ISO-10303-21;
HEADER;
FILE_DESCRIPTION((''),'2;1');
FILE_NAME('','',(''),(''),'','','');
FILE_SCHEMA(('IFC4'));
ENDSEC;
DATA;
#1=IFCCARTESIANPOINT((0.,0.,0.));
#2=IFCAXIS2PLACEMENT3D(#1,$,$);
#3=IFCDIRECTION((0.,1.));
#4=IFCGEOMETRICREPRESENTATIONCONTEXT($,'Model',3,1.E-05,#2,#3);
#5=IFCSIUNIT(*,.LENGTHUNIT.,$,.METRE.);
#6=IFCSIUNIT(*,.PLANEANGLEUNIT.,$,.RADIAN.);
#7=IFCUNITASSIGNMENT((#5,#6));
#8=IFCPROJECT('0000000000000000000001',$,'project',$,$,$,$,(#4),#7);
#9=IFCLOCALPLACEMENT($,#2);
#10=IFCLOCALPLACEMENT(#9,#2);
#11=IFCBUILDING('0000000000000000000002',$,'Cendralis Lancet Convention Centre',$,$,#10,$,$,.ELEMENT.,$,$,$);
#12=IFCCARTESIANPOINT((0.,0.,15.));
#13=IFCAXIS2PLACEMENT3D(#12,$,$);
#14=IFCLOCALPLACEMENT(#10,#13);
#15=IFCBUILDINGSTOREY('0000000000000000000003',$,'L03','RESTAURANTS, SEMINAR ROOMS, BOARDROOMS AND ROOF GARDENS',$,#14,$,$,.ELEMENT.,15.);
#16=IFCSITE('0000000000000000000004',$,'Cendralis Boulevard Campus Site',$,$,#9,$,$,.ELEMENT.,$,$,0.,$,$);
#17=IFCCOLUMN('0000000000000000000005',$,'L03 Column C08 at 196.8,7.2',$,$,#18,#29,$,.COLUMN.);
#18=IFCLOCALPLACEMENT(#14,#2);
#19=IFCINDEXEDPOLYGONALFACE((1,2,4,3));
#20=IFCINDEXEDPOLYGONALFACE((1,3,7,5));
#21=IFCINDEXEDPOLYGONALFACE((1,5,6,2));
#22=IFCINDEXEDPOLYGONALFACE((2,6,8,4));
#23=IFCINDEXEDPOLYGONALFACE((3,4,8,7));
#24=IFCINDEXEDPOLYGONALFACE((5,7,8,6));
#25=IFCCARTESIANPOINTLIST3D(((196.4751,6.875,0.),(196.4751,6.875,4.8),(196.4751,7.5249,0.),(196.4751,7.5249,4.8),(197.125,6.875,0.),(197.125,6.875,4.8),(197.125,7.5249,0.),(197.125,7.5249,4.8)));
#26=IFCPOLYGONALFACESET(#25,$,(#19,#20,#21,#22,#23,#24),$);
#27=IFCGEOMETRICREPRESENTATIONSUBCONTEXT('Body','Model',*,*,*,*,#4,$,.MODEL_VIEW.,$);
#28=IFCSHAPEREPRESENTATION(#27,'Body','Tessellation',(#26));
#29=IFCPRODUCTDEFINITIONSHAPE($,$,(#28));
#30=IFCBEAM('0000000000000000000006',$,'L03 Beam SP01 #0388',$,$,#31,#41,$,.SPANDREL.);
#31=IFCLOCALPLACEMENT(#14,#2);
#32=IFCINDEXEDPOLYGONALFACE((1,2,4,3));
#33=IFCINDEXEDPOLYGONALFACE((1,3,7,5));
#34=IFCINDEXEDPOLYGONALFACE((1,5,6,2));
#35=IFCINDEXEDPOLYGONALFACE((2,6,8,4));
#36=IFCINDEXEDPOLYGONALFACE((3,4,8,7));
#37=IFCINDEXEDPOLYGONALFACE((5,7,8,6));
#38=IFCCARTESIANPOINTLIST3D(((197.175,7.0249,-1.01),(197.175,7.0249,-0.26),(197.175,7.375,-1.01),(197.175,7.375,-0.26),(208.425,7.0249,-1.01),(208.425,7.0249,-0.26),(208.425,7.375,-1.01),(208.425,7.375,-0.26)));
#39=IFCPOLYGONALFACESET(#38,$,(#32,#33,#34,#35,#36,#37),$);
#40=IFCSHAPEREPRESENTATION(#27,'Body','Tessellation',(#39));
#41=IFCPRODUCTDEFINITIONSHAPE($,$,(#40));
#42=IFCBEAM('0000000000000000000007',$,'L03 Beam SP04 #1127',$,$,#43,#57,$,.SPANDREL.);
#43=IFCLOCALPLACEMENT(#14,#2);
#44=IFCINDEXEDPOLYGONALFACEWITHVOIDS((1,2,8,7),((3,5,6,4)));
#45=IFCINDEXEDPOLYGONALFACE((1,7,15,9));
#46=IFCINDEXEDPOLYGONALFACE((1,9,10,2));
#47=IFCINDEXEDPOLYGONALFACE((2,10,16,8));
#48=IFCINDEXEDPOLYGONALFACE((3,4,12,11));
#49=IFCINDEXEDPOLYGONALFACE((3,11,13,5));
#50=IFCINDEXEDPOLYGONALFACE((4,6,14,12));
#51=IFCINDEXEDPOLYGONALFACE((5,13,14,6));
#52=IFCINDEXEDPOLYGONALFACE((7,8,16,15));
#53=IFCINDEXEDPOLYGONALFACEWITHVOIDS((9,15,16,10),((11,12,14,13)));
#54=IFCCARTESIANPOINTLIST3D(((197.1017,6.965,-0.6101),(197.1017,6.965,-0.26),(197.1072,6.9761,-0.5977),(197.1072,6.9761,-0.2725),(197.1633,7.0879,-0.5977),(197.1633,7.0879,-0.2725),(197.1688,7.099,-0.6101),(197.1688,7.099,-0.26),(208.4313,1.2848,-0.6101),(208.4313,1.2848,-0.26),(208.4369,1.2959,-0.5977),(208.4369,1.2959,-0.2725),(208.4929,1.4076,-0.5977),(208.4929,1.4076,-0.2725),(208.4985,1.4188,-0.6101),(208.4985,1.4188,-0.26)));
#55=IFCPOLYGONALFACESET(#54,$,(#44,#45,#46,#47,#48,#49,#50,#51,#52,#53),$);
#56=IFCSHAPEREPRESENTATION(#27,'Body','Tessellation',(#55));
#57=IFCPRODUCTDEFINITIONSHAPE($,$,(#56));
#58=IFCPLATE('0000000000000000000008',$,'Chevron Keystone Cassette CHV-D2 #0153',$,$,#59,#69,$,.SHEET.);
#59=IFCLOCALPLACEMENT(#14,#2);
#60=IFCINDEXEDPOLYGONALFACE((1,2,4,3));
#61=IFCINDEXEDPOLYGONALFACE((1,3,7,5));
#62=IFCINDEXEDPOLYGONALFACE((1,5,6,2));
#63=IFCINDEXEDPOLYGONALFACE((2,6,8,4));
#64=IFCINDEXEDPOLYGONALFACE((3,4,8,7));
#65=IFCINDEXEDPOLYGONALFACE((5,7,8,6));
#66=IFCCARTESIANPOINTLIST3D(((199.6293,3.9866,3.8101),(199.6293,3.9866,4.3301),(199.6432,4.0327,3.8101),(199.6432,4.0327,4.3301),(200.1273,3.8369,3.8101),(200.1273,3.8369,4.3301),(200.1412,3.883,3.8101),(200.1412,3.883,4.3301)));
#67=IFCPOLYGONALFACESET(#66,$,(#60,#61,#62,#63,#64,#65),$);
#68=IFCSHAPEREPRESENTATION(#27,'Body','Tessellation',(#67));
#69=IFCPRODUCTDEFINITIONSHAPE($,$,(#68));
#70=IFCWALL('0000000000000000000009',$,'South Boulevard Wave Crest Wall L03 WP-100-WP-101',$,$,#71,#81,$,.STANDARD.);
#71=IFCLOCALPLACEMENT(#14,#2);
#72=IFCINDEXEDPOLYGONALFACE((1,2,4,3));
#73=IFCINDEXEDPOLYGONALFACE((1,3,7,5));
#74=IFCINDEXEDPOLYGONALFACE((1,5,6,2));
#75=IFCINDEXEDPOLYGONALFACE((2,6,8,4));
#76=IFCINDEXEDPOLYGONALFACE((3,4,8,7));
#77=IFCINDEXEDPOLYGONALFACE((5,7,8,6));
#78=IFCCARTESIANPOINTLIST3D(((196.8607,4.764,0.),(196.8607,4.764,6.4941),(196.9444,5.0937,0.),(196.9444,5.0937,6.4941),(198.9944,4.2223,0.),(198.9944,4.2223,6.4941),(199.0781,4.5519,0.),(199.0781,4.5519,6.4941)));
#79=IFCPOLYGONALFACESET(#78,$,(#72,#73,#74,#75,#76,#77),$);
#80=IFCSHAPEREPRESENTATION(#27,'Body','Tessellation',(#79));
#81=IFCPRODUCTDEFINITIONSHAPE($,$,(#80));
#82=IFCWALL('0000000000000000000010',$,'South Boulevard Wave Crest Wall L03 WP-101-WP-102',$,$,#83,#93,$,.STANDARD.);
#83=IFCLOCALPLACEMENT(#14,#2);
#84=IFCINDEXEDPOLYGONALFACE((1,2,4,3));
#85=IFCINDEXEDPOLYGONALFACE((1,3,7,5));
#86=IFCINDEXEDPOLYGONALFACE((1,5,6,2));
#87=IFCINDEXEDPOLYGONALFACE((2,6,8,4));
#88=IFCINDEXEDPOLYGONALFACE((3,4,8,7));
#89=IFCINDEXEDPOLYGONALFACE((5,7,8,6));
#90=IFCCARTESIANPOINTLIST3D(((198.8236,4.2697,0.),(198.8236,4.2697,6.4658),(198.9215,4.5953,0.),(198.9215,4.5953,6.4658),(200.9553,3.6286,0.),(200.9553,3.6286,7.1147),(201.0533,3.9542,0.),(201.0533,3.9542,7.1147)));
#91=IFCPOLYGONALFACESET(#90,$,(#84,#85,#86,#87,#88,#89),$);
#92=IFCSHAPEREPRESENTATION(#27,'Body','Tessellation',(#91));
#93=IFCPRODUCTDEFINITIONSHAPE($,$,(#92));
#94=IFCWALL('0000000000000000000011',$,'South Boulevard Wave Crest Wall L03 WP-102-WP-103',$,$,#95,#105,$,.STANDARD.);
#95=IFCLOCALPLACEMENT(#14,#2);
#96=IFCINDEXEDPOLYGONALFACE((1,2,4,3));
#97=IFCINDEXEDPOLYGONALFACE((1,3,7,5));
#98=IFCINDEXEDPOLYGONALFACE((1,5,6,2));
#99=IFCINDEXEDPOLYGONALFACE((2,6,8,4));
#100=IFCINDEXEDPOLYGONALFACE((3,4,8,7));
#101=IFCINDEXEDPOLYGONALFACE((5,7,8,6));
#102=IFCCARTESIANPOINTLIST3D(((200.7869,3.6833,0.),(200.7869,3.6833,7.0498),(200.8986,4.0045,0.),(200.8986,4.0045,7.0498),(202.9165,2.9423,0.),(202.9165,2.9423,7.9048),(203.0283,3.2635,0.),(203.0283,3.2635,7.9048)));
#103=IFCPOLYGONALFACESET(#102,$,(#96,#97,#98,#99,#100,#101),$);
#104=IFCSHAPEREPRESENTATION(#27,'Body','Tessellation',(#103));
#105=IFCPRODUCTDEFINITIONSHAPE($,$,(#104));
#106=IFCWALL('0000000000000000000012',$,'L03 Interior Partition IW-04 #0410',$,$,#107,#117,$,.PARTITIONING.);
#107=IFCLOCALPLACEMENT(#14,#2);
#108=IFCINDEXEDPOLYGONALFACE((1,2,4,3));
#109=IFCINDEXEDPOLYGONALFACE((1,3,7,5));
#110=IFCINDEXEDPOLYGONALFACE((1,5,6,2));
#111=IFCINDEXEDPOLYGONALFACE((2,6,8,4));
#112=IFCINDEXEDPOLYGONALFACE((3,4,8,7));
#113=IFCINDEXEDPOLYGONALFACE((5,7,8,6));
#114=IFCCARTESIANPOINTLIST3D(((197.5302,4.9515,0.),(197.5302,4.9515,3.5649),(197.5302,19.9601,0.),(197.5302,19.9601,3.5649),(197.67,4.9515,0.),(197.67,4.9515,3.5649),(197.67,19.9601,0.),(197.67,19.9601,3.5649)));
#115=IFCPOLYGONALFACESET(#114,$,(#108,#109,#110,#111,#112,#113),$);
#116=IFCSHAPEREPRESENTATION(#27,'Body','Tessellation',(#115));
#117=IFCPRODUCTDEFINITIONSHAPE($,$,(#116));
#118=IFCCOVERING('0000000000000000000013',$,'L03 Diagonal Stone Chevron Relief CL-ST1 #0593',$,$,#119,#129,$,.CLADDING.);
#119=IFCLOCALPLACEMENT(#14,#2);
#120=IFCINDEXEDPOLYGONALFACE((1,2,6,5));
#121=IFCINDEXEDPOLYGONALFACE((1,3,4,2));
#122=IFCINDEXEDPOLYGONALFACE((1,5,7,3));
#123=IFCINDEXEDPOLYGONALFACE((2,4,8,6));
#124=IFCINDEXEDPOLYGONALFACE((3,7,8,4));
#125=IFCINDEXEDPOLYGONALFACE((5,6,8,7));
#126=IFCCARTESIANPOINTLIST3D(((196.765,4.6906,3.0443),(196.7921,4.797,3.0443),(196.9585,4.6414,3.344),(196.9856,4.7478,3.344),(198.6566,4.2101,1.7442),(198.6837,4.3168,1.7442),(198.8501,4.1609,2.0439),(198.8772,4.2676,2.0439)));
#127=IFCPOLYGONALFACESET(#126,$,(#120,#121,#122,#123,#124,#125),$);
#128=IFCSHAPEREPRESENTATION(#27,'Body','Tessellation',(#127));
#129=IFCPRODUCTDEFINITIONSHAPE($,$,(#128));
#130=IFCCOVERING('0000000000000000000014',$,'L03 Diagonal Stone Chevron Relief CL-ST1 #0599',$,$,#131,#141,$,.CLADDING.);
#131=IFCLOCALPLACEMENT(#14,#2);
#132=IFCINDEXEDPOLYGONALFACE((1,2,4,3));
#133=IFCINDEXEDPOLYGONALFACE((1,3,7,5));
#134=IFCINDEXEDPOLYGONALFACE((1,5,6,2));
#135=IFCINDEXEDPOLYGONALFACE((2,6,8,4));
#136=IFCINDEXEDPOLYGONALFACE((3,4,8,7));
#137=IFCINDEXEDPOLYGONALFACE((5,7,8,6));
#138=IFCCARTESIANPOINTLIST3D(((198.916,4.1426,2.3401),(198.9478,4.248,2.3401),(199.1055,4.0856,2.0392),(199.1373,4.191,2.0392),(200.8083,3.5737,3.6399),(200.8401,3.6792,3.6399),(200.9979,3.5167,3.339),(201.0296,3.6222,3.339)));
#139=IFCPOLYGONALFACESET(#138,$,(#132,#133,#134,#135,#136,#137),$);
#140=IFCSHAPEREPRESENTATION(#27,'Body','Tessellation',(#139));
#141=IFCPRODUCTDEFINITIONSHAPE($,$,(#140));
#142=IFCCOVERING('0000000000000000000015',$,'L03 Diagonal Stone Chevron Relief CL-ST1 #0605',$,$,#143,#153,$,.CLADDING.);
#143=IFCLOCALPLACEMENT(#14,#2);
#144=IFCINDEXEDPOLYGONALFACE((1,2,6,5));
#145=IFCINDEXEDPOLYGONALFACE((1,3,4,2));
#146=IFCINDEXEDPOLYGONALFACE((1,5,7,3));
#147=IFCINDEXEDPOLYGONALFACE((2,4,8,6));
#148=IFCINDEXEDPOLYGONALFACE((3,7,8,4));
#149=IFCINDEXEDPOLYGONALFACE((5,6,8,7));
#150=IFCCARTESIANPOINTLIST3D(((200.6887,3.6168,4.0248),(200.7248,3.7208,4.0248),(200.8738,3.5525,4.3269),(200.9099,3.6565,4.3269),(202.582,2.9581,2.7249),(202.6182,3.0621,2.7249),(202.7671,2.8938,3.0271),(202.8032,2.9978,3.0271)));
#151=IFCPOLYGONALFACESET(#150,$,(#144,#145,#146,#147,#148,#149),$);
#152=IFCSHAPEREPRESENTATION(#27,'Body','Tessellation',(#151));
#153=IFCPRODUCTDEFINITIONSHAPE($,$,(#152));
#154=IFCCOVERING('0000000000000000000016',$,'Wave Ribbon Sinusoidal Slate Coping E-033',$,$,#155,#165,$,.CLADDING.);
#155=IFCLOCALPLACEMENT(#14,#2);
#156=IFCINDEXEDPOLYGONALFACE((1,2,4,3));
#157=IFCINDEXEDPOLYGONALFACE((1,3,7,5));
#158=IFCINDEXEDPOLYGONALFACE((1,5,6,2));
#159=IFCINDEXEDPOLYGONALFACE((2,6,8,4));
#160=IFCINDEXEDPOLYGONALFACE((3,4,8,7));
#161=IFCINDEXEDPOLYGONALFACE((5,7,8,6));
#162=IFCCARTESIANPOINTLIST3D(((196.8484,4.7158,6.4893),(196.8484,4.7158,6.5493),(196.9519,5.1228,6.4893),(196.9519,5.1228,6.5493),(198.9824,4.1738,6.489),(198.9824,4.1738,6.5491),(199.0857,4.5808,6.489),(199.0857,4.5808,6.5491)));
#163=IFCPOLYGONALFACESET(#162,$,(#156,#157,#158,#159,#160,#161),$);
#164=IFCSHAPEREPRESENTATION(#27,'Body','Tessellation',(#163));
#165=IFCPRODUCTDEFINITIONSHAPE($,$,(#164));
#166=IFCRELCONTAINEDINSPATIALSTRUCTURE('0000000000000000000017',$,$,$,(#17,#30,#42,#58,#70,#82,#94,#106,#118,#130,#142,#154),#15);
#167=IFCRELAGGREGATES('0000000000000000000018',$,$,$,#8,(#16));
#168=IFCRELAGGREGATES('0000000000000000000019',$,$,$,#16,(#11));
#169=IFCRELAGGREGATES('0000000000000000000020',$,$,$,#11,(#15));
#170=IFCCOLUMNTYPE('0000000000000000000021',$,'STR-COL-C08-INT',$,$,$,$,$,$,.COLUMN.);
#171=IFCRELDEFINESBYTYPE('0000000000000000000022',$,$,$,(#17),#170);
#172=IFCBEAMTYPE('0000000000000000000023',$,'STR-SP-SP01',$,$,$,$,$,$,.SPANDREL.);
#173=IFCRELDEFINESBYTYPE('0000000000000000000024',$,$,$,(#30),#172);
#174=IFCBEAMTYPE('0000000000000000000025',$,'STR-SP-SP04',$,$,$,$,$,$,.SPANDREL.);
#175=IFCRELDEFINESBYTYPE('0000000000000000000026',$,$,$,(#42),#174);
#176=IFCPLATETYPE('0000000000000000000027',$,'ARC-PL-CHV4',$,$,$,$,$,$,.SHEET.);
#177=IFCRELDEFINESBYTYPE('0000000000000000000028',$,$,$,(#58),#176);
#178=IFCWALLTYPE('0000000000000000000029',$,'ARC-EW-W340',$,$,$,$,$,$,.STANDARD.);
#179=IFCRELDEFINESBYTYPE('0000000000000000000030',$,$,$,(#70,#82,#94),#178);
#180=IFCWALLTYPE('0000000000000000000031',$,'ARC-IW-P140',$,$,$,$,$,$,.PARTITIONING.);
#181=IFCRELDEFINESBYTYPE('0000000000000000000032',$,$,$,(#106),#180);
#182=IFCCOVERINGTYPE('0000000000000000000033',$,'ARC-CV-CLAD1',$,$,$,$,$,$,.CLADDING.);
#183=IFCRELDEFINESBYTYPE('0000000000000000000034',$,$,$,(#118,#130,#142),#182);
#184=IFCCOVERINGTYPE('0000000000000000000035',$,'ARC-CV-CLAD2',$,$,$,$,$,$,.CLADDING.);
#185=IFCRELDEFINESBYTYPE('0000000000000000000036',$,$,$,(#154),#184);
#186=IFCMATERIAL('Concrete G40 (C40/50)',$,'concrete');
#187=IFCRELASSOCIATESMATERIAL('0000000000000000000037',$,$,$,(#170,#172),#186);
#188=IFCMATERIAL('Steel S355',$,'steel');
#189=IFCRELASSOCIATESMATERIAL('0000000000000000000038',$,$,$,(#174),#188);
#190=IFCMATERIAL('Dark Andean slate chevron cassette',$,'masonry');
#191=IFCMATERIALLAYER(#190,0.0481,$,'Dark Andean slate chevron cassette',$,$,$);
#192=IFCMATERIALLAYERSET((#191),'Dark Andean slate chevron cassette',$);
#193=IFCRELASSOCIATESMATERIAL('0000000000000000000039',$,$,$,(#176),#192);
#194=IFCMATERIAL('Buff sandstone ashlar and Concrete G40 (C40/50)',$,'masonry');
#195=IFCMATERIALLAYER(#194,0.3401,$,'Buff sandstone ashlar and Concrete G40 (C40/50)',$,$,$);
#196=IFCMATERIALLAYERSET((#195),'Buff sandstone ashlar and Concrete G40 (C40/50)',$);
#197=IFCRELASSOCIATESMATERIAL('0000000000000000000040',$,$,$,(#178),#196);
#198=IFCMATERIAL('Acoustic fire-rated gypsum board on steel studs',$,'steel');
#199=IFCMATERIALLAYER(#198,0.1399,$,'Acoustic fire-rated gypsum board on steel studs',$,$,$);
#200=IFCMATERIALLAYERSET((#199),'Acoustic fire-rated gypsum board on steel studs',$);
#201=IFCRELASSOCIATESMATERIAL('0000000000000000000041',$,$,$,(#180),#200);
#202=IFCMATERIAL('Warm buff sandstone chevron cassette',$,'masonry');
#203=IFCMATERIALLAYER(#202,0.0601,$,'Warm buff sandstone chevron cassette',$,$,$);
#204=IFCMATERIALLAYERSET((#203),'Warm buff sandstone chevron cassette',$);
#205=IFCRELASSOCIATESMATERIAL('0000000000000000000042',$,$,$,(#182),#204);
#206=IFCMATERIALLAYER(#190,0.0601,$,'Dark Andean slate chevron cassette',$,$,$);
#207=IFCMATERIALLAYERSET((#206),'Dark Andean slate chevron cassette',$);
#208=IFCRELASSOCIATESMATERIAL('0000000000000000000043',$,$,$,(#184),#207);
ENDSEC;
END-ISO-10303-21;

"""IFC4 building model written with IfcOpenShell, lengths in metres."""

from ifc_helpers import new_model, si_unit, direction, frame, frame_2d, origin, origin_2d, place, context, subcontext, project, spatial, polyline, rectangle, hollow_rectangle, outline, extrude, material, layer, layer_set, material_profile, profile_set, type_object, element, save


model = new_model("IFC4")

# Units and contexts
model_context = context("Model", 3, precision=1e-05, world=origin(), true_north=direction((0.0, 1.0)))
body_context = subcontext(model_context, "Body", "Model", "MODEL_VIEW")
ifc_project = project(units=[si_unit("LENGTHUNIT", "METRE"), si_unit("PLANEANGLEUNIT", "RADIAN")], contexts=[model_context])

# Site, building, storey
site_placement = place(None, origin())
site = spatial("IfcSite", under=ifc_project, at=site_placement, Name="Cendralis Boulevard Campus Site", CompositionType="ELEMENT", RefElevation=0.0)
building_placement = place(site_placement, origin())
building = spatial("IfcBuilding", under=site, at=building_placement, Name="Cendralis Lancet Convention Centre", CompositionType="ELEMENT")
storey_placement = place(building_placement, frame((0.0, 0.0, 15.0)))
storey = spatial("IfcBuildingStorey", under=building, at=storey_placement, Name="L03", Description="RESTAURANTS, SEMINAR ROOMS, BOARDROOMS AND ROOF GARDENS", CompositionType="ELEMENT", Elevation=15.0)

# Column
ifc_material_1 = material(Name="Concrete G40 (C40/50)", Category="concrete")
ifc_material_profile_1 = material_profile(ifc_material_1, rectangle(XDim=0.6499, YDim=0.6499, at=origin_2d()), Name="RC 650x650")
ifc_profile_set_1 = profile_set([ifc_material_profile_1], Name="Concrete G40 (C40/50)")
column_type = type_object("IfcColumnType", Name="STR-COL-C08-INT", PredefinedType="COLUMN", material=ifc_profile_set_1)
column_placement = place(storey_placement, frame((196.8, 7.2, 0.0), z_axis=(0.0, 0.0, 1.0), x_axis=(1.0, 0.0, 0.0)))
element("IfcColumn", 1, at=column_placement, inside=storey, type_object=column_type, Name="L03 Column C08 at 196.8,7.2", PredefinedType="COLUMN", context=body_context, shape_type="SweptSolid", body=[
    extrude(rectangle(XDim=0.6499, YDim=0.6499, at=origin_2d()), origin(), (0.0, 0.0, 1.0), 4.8),
])

# Beams
ifc_material_profile_2 = material_profile(ifc_material_1, rectangle(XDim=0.3501, YDim=0.75, at=origin_2d()), Name="RCB 350x750")
ifc_profile_set_2 = profile_set([ifc_material_profile_2], Name="Concrete G40 (C40/50)")
beam_type_1 = type_object("IfcBeamType", Name="STR-SP-SP01", PredefinedType="SPANDREL", material=ifc_profile_set_2)
beam_1_placement = place(storey_placement, frame((197.175, 7.2, -0.635), z_axis=(1.0, 0.0, 0.0), x_axis=(0.0, 1.0, 0.0)))
element("IfcBeam", 2, at=beam_1_placement, inside=storey, type_object=beam_type_1, Name="L03 Beam SP01 #0388", PredefinedType="SPANDREL", context=body_context, shape_type="SweptSolid", body=[
    extrude(rectangle(XDim=0.3501, YDim=0.75, at=origin_2d()), origin(), (0.0, 0.0, 1.0), 11.25),
])
ifc_material_2 = material(Name="Steel S355", Category="steel")
ifc_material_profile_3 = material_profile(ifc_material_2, hollow_rectangle(XDim=0.1499, YDim=0.3501, WallThickness=0.0125, at=origin_2d()), Name="RHS 350x150x12.5")
ifc_profile_set_3 = profile_set([ifc_material_profile_3], Name="Steel S355")
beam_type_2 = type_object("IfcBeamType", Name="STR-SP-SP04", PredefinedType="SPANDREL", material=ifc_profile_set_3)
beam_2_placement = place(storey_placement, frame((197.1353, 7.032, -0.4351), z_axis=(0.893941, -0.448184, 0.0), x_axis=(0.448184, 0.893941, 0.0)))
element("IfcBeam", 3, at=beam_2_placement, inside=storey, type_object=beam_type_2, Name="L03 Beam SP04 #1127", PredefinedType="SPANDREL", context=body_context, shape_type="SweptSolid", body=[
    extrude(hollow_rectangle(XDim=0.1499, YDim=0.3501, WallThickness=0.0125, at=origin_2d()), origin(), (0.0, 0.0, 1.0), 12.6738),
])

# Plate
ifc_material_3 = material(Name="Dark Andean slate chevron cassette", Category="masonry")
ifc_layer_1 = layer(ifc_material_3, 0.0481, Name="Dark Andean slate chevron cassette")
ifc_layer_set_1 = layer_set([ifc_layer_1], Name="Dark Andean slate chevron cassette")
plate_type = type_object("IfcPlateType", Name="ARC-PL-CHV4", PredefinedType="SHEET", material=ifc_layer_set_1)
plate_placement = place(storey_placement, frame((199.8853, 3.9348, 3.8101), z_axis=(0.0, 0.0, 1.0), x_axis=(0.957652, -0.287929, 0.0)))
element("IfcPlate", 4, at=plate_placement, inside=storey, type_object=plate_type, Name="Chevron Keystone Cassette CHV-D2 #0153", PredefinedType="SHEET", context=body_context, shape_type="SweptSolid", body=[
    extrude(rectangle(XDim=0.52, YDim=0.0481, at=origin_2d()), origin(), (0.0, 0.0, 1.0), 0.52),
])

# Walls
ifc_material_4 = material(Name="Buff sandstone ashlar and Concrete G40 (C40/50)", Category="masonry")
ifc_layer_2 = layer(ifc_material_4, 0.3401, Name="Buff sandstone ashlar and Concrete G40 (C40/50)")
ifc_layer_set_2 = layer_set([ifc_layer_2], Name="Buff sandstone ashlar and Concrete G40 (C40/50)")
wall_type_1 = type_object("IfcWallType", Name="ARC-EW-W340", PredefinedType="STANDARD", material=ifc_layer_set_2)
wall_1_placement = place(storey_placement, frame((196.9026, 4.929, 0.0), z_axis=(0.0, 0.0, 1.0), x_axis=(0.969249, -0.246083, 0.0)))
element("IfcWall", 5, at=wall_1_placement, inside=storey, type_object=wall_type_1, Name="South Boulevard Wave Crest Wall L03 WP-100-WP-101", PredefinedType="STANDARD", context=body_context, shape_type="SweptSolid", body=[
    extrude(outline(polyline([(0.0, 0.0), (2.2014, 0.0), (2.2014, 6.4941), (0.0, 6.4941), (0.0, 0.0)])), frame((0.0, 0.1699, 0.0), z_axis=(0.0, -1.0, 0.0), x_axis=(1.0, 0.0, 0.0)), (0.0, 0.0, 1.0), 0.3401),
])
wall_2_placement = place(storey_placement, frame((198.8726, 4.4326, 0.0), z_axis=(0.0, 0.0, 1.0), x_axis=(0.957633, -0.287992, 0.0)))
element("IfcWall", 6, at=wall_2_placement, inside=storey, type_object=wall_type_1, Name="South Boulevard Wave Crest Wall L03 WP-101-WP-102", PredefinedType="STANDARD", context=body_context, shape_type="SweptSolid", body=[
    extrude(outline(polyline([(0.0, 0.0), (2.2261, 0.0), (2.2261, 7.1147), (0.0, 6.4658), (0.0, 0.0)])), frame((0.0, 0.1699, 0.0), z_axis=(0.0, -1.0, 0.0), x_axis=(1.0, 0.0, 0.0)), (0.0, 0.0, 1.0), 0.3401),
])
wall_3_placement = place(storey_placement, frame((200.8428, 3.844, 0.0), z_axis=(0.0, 0.0, 1.0), x_axis=(0.944466, -0.328609, 0.0)))
element("IfcWall", 7, at=wall_3_placement, inside=storey, type_object=wall_type_1, Name="South Boulevard Wave Crest Wall L03 WP-102-WP-103", PredefinedType="STANDARD", context=body_context, shape_type="SweptSolid", body=[
    extrude(outline(polyline([(0.0, 0.0), (2.2549, 0.0), (2.2549, 7.9048), (0.0, 7.0498), (0.0, 0.0)])), frame((0.0, 0.1699, 0.0), z_axis=(0.0, -1.0, 0.0), x_axis=(1.0, 0.0, 0.0)), (0.0, 0.0, 1.0), 0.3401),
])
ifc_material_5 = material(Name="Acoustic fire-rated gypsum board on steel studs", Category="steel")
ifc_layer_3 = layer(ifc_material_5, 0.1399, Name="Acoustic fire-rated gypsum board on steel studs")
ifc_layer_set_3 = layer_set([ifc_layer_3], Name="Acoustic fire-rated gypsum board on steel studs")
wall_type_2 = type_object("IfcWallType", Name="ARC-IW-P140", PredefinedType="PARTITIONING", material=ifc_layer_set_3)
wall_4_placement = place(storey_placement, frame((197.6001, 4.9514, 0.0), z_axis=(0.0, 0.0, 1.0), x_axis=(0.0, 1.0, 0.0)))
element("IfcWall", 8, at=wall_4_placement, inside=storey, type_object=wall_type_2, Name="L03 Interior Partition IW-04 #0410", PredefinedType="PARTITIONING", context=body_context, shape_type="SweptSolid", body=[
    extrude(rectangle(XDim=15.0085, YDim=0.1399, at=frame_2d((7.5044, 0.0))), origin(), (0.0, 0.0, 1.0), 3.5649),
])

# Coverings
ifc_material_6 = material(Name="Warm buff sandstone chevron cassette", Category="masonry")
ifc_layer_4 = layer(ifc_material_6, 0.0601, Name="Warm buff sandstone chevron cassette")
ifc_layer_set_4 = layer_set([ifc_layer_4], Name="Warm buff sandstone chevron cassette")
covering_type_1 = type_object("IfcCoveringType", Name="ARC-CV-CLAD1", PredefinedType="CLADDING", material=ifc_layer_set_4)
covering_1_placement = place(storey_placement, frame((196.9585, 4.6414, 3.344), z_axis=(0.537292, -0.136631, 0.832255), x_axis=(0.806641, -0.204888, -0.554392)))
element("IfcCovering", 9, at=covering_1_placement, inside=storey, type_object=covering_type_1, Name="L03 Diagonal Stone Chevron Relief CL-ST1 #0593", PredefinedType="CLADDING", context=body_context, shape_type="SweptSolid", body=[
    extrude(outline(polyline([(0.0, 0.0), (2.345, 0.0), (2.345, 0.1101), (0.0001, 0.1098), (0.0, 0.0)])), origin(), (0.0, 0.0, -1.0), 0.3601),
])
covering_2_placement = place(storey_placement, frame((198.916, 4.1426, 2.3401), z_axis=(-0.52625, 0.158362, 0.835453), x_axis=(0.800085, -0.240511, 0.549562)))
element("IfcCovering", 10, at=covering_2_placement, inside=storey, type_object=covering_type_1, Name="L03 Diagonal Stone Chevron Relief CL-ST1 #0599", PredefinedType="CLADDING", context=body_context, shape_type="SweptSolid", body=[
    extrude(outline(polyline([(0.0, 0.0), (2.3652, 0.0), (2.3652, 0.1101), (0.0, 0.1101), (0.0, 0.0)])), origin(), (0.0, 0.0, -1.0), 0.3601),
])
covering_3_placement = place(storey_placement, frame((200.8738, 3.5525, 4.3269), z_axis=(0.513916, -0.178544, 0.839055), x_axis=(0.792465, -0.275702, -0.544047)))
element("IfcCovering", 11, at=covering_3_placement, inside=storey, type_object=covering_type_1, Name="L03 Diagonal Stone Chevron Relief CL-ST1 #0605", PredefinedType="CLADDING", context=body_context, shape_type="SweptSolid", body=[
    extrude(outline(polyline([(0.0, 0.0), (2.3891, 0.0), (2.3891, 0.1101), (0.0, 0.1101), (0.0, 0.0)])), origin(), (0.0, 0.0, -1.0), 0.3601),
])
ifc_layer_5 = layer(ifc_material_3, 0.0601, Name="Dark Andean slate chevron cassette")
ifc_layer_set_5 = layer_set([ifc_layer_5], Name="Dark Andean slate chevron cassette")
covering_type_2 = type_object("IfcCoveringType", Name="ARC-CV-CLAD2", PredefinedType="CLADDING", material=ifc_layer_set_5)
covering_4_placement = place(storey_placement, frame((196.8484, 4.7158, 6.5493), z_axis=(0.000107, -0.000027, 1.0), x_axis=(0.969229, -0.24616, -0.000111)))
element("IfcCovering", 12, at=covering_4_placement, inside=storey, type_object=covering_type_2, Name="Wave Ribbon Sinusoidal Slate Coping E-033", PredefinedType="CLADDING", context=body_context, shape_type="SweptSolid", body=[
    extrude(outline(polyline([(0.0, 0.0), (2.2018, 0.0), (2.2017, 0.4199), (0.0001, 0.4199), (0.0, 0.0)])), origin(), (0.0, 0.0, -1.0), 0.0601),
])

save(model, "model.ifc")
